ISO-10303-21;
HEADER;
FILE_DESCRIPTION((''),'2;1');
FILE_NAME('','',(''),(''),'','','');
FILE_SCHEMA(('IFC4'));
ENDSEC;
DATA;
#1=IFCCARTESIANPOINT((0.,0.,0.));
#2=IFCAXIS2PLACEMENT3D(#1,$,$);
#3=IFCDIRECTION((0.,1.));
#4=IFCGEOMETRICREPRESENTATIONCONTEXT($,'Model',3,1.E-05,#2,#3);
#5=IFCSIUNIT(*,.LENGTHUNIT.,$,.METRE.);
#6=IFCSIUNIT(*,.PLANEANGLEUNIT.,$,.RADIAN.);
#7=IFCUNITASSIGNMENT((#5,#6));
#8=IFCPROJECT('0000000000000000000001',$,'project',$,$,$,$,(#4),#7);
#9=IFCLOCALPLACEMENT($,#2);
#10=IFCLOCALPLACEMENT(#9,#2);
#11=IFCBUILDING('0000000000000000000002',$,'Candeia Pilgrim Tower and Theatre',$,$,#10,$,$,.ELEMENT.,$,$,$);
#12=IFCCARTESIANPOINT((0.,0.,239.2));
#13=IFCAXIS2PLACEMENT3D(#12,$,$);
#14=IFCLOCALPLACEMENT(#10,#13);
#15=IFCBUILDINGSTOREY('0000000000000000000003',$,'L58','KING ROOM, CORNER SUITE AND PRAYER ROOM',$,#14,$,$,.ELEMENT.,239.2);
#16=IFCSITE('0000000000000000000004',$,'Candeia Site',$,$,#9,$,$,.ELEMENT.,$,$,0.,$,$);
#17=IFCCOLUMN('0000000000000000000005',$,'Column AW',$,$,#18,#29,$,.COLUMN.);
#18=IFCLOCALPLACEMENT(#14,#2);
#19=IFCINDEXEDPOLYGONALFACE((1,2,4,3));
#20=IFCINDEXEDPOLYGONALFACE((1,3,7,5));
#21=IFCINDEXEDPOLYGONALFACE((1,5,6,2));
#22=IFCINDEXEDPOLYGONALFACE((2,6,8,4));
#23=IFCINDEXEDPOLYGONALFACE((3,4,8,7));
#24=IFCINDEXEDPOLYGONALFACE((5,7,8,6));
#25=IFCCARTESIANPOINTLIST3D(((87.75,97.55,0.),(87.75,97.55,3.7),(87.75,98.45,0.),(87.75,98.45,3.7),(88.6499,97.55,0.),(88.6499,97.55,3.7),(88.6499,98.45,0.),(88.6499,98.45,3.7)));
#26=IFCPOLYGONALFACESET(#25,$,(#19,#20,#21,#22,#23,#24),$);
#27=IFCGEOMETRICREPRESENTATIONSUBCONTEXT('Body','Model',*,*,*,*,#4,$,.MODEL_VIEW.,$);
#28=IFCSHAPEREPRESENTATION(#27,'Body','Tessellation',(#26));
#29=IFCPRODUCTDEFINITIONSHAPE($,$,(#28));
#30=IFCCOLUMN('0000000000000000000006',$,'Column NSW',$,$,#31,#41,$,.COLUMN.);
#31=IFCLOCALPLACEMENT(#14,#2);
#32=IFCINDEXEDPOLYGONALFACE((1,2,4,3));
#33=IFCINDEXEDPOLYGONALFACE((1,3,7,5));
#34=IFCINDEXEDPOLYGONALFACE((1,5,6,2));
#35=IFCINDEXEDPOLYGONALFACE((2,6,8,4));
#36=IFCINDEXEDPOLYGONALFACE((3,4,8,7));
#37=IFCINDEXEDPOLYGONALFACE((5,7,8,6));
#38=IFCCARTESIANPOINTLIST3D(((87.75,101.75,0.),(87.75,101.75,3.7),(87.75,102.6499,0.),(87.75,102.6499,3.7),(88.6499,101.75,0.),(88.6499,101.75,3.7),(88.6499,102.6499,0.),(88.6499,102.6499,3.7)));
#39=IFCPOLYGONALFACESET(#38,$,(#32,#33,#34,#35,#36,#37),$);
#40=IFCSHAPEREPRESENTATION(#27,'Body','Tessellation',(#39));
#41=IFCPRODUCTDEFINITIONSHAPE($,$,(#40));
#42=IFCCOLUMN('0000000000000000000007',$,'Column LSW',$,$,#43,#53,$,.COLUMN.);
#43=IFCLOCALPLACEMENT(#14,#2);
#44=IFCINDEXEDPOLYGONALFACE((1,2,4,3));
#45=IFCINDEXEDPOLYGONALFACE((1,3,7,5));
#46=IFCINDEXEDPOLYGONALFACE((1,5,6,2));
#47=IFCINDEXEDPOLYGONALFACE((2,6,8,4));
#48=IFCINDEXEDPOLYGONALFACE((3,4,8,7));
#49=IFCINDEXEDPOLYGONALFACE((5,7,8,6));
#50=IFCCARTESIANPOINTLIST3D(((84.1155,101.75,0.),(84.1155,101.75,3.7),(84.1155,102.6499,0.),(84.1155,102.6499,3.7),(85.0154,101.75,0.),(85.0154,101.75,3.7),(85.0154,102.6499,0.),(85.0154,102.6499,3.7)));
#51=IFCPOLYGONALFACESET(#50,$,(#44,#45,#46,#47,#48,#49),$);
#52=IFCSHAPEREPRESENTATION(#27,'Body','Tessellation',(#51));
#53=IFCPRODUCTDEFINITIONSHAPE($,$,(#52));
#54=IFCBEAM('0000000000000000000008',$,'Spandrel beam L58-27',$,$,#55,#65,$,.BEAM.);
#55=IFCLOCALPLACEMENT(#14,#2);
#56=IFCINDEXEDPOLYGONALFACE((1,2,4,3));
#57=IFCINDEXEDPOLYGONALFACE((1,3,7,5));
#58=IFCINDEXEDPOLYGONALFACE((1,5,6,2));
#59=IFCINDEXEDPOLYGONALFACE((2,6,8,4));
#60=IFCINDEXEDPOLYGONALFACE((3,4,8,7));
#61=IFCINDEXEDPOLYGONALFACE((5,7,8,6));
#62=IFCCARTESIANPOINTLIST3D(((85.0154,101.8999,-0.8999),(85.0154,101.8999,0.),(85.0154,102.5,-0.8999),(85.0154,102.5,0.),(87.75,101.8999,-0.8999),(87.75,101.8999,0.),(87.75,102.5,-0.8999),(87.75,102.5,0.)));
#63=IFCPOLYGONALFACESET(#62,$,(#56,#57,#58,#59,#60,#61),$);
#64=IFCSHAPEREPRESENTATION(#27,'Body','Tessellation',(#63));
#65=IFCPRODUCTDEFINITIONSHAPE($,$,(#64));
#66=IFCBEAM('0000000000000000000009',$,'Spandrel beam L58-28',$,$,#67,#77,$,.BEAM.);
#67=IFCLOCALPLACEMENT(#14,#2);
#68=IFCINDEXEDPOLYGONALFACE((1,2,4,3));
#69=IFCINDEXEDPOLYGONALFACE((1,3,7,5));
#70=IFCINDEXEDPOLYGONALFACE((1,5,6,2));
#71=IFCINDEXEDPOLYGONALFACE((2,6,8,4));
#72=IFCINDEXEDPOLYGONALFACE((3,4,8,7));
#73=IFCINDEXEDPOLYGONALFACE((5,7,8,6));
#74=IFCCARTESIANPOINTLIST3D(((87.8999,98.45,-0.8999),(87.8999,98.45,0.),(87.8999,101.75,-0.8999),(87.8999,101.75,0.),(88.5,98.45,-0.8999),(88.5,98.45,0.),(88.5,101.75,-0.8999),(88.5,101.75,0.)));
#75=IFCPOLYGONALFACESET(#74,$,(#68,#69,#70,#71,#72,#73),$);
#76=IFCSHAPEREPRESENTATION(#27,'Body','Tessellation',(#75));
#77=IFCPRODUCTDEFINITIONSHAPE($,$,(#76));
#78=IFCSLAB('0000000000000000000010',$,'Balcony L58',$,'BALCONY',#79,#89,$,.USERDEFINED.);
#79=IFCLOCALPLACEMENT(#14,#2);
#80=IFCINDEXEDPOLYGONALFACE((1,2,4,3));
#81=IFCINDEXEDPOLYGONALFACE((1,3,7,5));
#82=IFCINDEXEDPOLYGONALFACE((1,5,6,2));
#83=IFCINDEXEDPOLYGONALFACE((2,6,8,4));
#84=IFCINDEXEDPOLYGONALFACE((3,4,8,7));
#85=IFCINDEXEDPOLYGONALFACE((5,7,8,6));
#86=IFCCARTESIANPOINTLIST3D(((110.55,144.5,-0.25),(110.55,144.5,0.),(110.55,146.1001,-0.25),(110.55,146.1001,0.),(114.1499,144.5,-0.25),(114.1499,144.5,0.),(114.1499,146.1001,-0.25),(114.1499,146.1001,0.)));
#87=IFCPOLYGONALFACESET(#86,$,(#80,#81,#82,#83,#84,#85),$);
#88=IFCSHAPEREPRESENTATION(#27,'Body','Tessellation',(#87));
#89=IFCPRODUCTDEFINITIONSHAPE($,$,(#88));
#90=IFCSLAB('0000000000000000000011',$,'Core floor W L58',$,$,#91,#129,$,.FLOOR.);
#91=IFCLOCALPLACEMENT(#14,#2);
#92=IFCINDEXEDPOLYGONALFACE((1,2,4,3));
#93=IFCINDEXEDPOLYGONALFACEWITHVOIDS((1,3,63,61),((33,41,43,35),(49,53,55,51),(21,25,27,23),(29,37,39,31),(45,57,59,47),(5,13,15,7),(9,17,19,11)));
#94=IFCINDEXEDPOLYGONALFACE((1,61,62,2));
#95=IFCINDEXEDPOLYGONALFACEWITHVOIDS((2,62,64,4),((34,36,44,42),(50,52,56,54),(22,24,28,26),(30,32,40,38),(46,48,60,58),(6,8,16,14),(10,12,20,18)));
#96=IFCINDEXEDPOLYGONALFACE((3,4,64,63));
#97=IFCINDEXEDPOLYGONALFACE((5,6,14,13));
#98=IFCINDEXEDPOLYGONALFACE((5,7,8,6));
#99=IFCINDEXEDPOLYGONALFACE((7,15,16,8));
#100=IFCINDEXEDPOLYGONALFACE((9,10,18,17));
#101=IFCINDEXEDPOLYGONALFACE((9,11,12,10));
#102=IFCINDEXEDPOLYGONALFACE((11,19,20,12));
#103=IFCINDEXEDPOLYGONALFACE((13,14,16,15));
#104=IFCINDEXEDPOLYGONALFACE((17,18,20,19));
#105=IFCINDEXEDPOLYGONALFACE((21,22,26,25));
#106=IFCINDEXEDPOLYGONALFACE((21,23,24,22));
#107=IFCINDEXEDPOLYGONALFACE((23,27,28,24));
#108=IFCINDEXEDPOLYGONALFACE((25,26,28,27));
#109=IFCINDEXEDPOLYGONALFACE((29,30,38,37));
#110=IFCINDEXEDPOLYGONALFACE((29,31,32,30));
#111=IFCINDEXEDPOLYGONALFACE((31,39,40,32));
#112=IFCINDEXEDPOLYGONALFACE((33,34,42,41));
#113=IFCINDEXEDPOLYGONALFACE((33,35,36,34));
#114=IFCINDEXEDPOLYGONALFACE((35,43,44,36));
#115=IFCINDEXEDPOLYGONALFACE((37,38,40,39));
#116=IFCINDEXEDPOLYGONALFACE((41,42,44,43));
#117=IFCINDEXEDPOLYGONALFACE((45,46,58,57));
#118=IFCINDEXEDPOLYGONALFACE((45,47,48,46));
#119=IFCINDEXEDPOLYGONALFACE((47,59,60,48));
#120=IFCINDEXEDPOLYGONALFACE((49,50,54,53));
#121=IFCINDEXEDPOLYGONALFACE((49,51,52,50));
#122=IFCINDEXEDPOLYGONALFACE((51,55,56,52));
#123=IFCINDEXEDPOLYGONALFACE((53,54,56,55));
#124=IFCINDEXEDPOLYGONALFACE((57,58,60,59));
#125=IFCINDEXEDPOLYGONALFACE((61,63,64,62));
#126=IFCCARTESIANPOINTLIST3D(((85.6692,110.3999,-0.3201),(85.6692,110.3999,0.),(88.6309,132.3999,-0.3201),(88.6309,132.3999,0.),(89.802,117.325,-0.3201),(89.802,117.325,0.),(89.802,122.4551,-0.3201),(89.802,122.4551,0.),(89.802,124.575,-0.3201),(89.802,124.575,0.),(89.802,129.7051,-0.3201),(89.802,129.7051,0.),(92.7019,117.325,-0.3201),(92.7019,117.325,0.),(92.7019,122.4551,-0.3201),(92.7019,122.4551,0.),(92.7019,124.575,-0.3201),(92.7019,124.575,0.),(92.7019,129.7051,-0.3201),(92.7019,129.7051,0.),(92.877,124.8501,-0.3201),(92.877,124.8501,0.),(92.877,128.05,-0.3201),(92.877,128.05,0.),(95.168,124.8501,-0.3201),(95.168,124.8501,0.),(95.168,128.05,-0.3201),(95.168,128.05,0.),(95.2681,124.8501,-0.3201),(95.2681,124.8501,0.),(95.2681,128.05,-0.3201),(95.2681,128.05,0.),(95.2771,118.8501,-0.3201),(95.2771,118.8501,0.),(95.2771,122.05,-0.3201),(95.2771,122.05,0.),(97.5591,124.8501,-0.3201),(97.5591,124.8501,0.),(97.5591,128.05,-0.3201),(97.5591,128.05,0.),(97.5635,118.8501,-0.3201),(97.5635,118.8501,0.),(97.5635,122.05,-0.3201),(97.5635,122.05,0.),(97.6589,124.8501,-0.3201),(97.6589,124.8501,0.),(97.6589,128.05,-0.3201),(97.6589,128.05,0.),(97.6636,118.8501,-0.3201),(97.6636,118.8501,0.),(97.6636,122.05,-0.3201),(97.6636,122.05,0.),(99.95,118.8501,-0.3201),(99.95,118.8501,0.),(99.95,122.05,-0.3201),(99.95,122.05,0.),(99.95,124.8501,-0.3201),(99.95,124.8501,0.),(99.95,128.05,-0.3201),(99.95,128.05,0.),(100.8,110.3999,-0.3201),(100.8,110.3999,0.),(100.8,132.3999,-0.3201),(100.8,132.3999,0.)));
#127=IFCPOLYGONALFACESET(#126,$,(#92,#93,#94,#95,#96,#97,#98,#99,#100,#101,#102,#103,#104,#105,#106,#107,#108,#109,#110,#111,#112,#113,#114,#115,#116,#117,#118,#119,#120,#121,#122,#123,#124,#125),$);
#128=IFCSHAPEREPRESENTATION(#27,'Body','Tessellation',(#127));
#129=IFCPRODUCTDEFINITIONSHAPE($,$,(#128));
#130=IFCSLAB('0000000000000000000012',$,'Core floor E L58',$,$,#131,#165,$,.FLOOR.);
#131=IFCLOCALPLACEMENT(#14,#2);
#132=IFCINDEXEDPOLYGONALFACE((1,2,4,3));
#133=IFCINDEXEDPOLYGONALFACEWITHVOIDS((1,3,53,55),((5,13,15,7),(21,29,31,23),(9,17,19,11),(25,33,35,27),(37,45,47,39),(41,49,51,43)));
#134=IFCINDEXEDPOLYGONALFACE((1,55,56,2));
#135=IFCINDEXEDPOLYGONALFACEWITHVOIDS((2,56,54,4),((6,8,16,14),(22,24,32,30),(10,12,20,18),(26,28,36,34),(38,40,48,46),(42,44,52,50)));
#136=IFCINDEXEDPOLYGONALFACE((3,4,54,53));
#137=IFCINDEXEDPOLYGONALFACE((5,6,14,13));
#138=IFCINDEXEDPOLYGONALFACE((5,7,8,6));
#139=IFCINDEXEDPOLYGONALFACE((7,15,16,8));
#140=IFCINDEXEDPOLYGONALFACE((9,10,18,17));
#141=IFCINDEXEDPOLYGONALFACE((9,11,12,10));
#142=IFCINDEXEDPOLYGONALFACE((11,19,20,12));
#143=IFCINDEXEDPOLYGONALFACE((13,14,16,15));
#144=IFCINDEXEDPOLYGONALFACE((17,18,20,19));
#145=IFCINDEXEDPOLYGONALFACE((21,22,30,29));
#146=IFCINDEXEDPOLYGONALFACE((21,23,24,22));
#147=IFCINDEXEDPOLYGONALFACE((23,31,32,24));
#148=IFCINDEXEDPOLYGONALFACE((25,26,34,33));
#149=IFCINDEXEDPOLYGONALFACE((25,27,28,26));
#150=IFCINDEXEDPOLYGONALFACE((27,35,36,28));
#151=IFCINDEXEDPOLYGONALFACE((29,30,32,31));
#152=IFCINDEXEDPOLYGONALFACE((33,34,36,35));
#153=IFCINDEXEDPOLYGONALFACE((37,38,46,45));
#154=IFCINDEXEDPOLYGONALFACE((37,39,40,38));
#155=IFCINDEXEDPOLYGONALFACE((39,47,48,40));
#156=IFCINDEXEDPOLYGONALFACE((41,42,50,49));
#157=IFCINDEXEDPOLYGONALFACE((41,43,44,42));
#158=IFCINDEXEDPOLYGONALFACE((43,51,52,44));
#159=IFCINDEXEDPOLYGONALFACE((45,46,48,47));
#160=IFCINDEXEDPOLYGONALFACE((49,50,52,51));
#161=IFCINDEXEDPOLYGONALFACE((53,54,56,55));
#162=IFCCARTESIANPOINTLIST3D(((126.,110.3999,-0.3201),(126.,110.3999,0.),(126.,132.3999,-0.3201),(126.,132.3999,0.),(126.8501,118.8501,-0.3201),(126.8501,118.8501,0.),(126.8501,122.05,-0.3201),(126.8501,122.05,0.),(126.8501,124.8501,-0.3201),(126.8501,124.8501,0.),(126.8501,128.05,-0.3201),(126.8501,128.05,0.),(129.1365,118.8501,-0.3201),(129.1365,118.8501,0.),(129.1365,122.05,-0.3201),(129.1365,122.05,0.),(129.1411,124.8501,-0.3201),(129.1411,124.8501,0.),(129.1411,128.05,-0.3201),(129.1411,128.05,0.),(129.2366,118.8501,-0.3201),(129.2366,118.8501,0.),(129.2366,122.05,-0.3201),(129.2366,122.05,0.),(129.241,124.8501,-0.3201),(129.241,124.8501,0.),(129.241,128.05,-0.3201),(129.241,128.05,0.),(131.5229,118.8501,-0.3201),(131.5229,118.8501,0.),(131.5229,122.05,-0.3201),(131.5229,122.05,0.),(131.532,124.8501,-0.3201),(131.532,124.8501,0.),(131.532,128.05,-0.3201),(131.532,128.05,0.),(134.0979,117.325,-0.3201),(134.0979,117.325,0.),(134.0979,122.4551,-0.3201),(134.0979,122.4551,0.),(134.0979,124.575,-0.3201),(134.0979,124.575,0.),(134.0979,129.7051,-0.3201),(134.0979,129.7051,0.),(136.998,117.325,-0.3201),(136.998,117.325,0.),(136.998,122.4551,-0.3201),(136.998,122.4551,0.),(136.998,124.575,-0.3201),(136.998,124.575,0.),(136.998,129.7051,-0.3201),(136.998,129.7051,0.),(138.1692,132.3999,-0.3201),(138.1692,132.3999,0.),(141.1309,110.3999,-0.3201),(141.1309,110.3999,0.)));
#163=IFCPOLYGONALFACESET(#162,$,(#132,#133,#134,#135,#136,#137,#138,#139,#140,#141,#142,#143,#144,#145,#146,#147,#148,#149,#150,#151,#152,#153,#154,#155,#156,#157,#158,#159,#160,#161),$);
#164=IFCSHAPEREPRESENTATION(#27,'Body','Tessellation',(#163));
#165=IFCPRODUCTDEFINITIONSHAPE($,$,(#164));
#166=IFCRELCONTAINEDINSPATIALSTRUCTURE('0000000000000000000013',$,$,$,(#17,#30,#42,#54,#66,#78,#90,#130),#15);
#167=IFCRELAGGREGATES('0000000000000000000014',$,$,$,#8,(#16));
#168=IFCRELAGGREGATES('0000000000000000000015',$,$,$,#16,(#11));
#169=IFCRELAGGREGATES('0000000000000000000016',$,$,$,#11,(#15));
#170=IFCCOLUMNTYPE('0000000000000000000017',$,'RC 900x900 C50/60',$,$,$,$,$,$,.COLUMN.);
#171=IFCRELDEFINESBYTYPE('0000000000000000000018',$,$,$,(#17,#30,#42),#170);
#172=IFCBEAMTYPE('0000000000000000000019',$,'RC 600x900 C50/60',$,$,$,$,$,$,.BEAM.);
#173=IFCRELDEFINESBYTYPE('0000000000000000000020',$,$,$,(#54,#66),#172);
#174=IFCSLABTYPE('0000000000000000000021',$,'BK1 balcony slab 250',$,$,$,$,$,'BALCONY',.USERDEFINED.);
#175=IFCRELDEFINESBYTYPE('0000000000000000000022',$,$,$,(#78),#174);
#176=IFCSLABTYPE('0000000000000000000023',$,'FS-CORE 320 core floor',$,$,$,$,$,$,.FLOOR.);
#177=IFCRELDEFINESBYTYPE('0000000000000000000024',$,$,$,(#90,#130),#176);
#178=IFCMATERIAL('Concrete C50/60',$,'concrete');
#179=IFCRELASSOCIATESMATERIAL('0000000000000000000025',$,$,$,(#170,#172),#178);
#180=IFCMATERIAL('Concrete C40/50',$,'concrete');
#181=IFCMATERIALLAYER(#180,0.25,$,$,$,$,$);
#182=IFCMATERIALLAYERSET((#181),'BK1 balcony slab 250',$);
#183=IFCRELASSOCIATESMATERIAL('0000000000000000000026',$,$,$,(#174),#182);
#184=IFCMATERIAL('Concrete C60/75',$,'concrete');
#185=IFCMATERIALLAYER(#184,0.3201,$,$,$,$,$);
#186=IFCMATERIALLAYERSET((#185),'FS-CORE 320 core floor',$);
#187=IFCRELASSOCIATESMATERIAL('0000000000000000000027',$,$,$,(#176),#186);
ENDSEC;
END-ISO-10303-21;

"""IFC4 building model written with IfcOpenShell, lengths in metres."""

from ifc_helpers import new_model, si_unit, direction, frame, origin, origin_2d, place, context, subcontext, project, spatial, polyline, rectangle, outline, extrude, material, layer, layer_set, material_profile, profile_set, type_object, element, save


model = new_model("IFC4")

# Units and contexts
model_context = context("Model", 3, precision=1e-05, world=origin(), true_north=direction((0.0, 1.0)))
body_context = subcontext(model_context, "Body", "Model", "MODEL_VIEW")
ifc_project = project(units=[si_unit("LENGTHUNIT", "METRE"), si_unit("PLANEANGLEUNIT", "RADIAN")], contexts=[model_context])

# Site, building, storey
site_placement = place(None, origin())
site = spatial("IfcSite", under=ifc_project, at=site_placement, Name="Candeia Site", CompositionType="ELEMENT", RefElevation=0.0)
building_placement = place(site_placement, origin())
building = spatial("IfcBuilding", under=site, at=building_placement, Name="Candeia Pilgrim Tower and Theatre", CompositionType="ELEMENT")
storey_placement = place(building_placement, frame((0.0, 0.0, 239.2)))
storey = spatial("IfcBuildingStorey", under=building, at=storey_placement, Name="L58", Description="KING ROOM, CORNER SUITE AND PRAYER ROOM", CompositionType="ELEMENT", Elevation=239.2)

# Columns
ifc_material_1 = material(Name="Concrete C50/60", Category="concrete")
ifc_material_profile_1 = material_profile(ifc_material_1, rectangle(XDim=0.8999, YDim=0.8999, at=origin_2d()))
ifc_profile_set_1 = profile_set([ifc_material_profile_1], Name="Concrete C50/60")
column_type = type_object("IfcColumnType", Name="RC 900x900 C50/60", PredefinedType="COLUMN", material=ifc_profile_set_1)
for number, where, z_axis, x_axis, name in (
    (1, (88.2, 98.0, 0.0), (0.0, 0.0, 1.0), (1.0, 0.0, 0.0), "Column AW"),
    (2, (88.2, 102.2, 0.0), (0.0, 0.0, 1.0), (1.0, 0.0, 0.0), "Column NSW"),
    (3, (84.5654, 102.2, 0.0), (0.0, 0.0, 1.0), (1.0, 0.0, 0.0), "Column LSW"),
):
    element("IfcColumn", number, at=place(storey_placement, frame(where, z_axis=z_axis, x_axis=x_axis)), inside=storey, type_object=column_type, Name=name, PredefinedType="COLUMN", context=body_context, shape_type="SweptSolid", body=[
        extrude(rectangle(XDim=0.8999, YDim=0.8999, at=origin_2d()), origin(), (0.0, 0.0, 1.0), 3.7),
    ])

# Beams
ifc_material_profile_2 = material_profile(ifc_material_1, rectangle(XDim=0.6001, YDim=0.8999, at=origin_2d()))
ifc_profile_set_2 = profile_set([ifc_material_profile_2], Name="Concrete C50/60")
beam_type = type_object("IfcBeamType", Name="RC 600x900 C50/60", PredefinedType="BEAM", material=ifc_profile_set_2)
beam_1_placement = place(storey_placement, frame((85.0154, 102.2, -0.45), z_axis=(1.0, 0.0, 0.0), x_axis=(0.0, 1.0, 0.0)))
element("IfcBeam", 4, at=beam_1_placement, inside=storey, type_object=beam_type, Name="Spandrel beam L58-27", PredefinedType="BEAM", context=body_context, shape_type="SweptSolid", body=[
    extrude(rectangle(XDim=0.6001, YDim=0.8999, at=origin_2d()), origin(), (0.0, 0.0, 1.0), 2.7346),
])
beam_2_placement = place(storey_placement, frame((88.2, 101.75, -0.45), z_axis=(0.0, -1.0, 0.0), x_axis=(1.0, 0.0, 0.0)))
element("IfcBeam", 5, at=beam_2_placement, inside=storey, type_object=beam_type, Name="Spandrel beam L58-28", PredefinedType="BEAM", context=body_context, shape_type="SweptSolid", body=[
    extrude(rectangle(XDim=0.6001, YDim=0.8999, at=origin_2d()), origin(), (0.0, 0.0, 1.0), 3.3),
])

# Slabs
ifc_material_2 = material(Name="Concrete C40/50", Category="concrete")
ifc_layer_1 = layer(ifc_material_2, 0.25)
ifc_layer_set_1 = layer_set([ifc_layer_1], Name="BK1 balcony slab 250")
slab_type_1 = type_object("IfcSlabType", Name="BK1 balcony slab 250", ElementType="BALCONY", PredefinedType="USERDEFINED", material=ifc_layer_set_1)
slab_1_placement = place(storey_placement, frame((0.0, 0.0, -0.25)))
element("IfcSlab", 6, at=slab_1_placement, inside=storey, type_object=slab_type_1, Name="Balcony L58", ObjectType="BALCONY", PredefinedType="USERDEFINED", context=body_context, shape_type="SweptSolid", body=[
    extrude(outline(polyline([(110.55, 144.5), (114.1499, 144.5), (114.1499, 146.1001), (110.55, 146.1001), (110.55, 144.5)])), origin(), (0.0, 0.0, 1.0), 0.25),
])
ifc_material_3 = material(Name="Concrete C60/75", Category="concrete")
ifc_layer_2 = layer(ifc_material_3, 0.3201)
ifc_layer_set_2 = layer_set([ifc_layer_2], Name="FS-CORE 320 core floor")
slab_type_2 = type_object("IfcSlabType", Name="FS-CORE 320 core floor", PredefinedType="FLOOR", material=ifc_layer_set_2)
slab_2_placement = place(storey_placement, frame((0.0, 0.0, -0.3201)))
element("IfcSlab", 7, at=slab_2_placement, inside=storey, type_object=slab_type_2, Name="Core floor W L58", PredefinedType="FLOOR", context=body_context, shape_type="SweptSolid", body=[
    extrude(outline(polyline([(100.8, 132.3999), (100.8, 110.3999), (85.6692, 110.3999), (88.6309, 132.3999), (100.8, 132.3999)]), holes=[polyline([(97.6589, 128.05), (97.6589, 124.8501), (99.95, 124.8501), (99.95, 128.05), (97.6589, 128.05)]), polyline([(97.6636, 122.05), (97.6636, 118.8501), (99.95, 118.8501), (99.95, 122.05), (97.6636, 122.05)]), polyline([(95.2771, 122.05), (95.2771, 118.8501), (97.5635, 118.8501), (97.5635, 122.05), (95.2771, 122.05)]), polyline([(95.2681, 128.05), (95.2681, 124.8501), (97.5591, 124.8501), (97.5591, 128.05), (95.2681, 128.05)]), polyline([(92.877, 128.05), (92.877, 124.8501), (95.168, 124.8501), (95.168, 128.05), (92.877, 128.05)]), polyline([(89.802, 117.325), (92.7019, 117.325), (92.7019, 122.4551), (89.802, 122.4551), (89.802, 117.325)]), polyline([(89.802, 129.7051), (89.802, 124.575), (92.7019, 124.575), (92.7019, 129.7051), (89.802, 129.7051)])]), origin(), (0.0, 0.0, 1.0), 0.3201),
])
slab_3_placement = place(storey_placement, frame((0.0, 0.0, -0.3201)))
element("IfcSlab", 8, at=slab_3_placement, inside=storey, type_object=slab_type_2, Name="Core floor E L58", PredefinedType="FLOOR", context=body_context, shape_type="SweptSolid", body=[
    extrude(outline(polyline([(138.1692, 132.3999), (141.1309, 110.3999), (126.0, 110.3999), (126.0, 132.3999), (138.1692, 132.3999)]), holes=[polyline([(134.0979, 117.325), (136.998, 117.325), (136.998, 122.4551), (134.0979, 122.4551), (134.0979, 117.325)]), polyline([(134.0979, 129.7051), (134.0979, 124.575), (136.998, 124.575), (136.998, 129.7051), (134.0979, 129.7051)]), polyline([(131.532, 128.05), (129.241, 128.05), (129.241, 124.8501), (131.532, 124.8501), (131.532, 128.05)]), polyline([(131.5229, 122.05), (129.2366, 122.05), (129.2366, 118.8501), (131.5229, 118.8501), (131.5229, 122.05)]), polyline([(126.8501, 128.05), (126.8501, 124.8501), (129.1411, 124.8501), (129.1411, 128.05), (126.8501, 128.05)]), polyline([(129.1365, 122.05), (126.8501, 122.05), (126.8501, 118.8501), (129.1365, 118.8501), (129.1365, 122.05)])]), origin(), (0.0, 0.0, 1.0), 0.3201),
])

save(model, "model.ifc")
